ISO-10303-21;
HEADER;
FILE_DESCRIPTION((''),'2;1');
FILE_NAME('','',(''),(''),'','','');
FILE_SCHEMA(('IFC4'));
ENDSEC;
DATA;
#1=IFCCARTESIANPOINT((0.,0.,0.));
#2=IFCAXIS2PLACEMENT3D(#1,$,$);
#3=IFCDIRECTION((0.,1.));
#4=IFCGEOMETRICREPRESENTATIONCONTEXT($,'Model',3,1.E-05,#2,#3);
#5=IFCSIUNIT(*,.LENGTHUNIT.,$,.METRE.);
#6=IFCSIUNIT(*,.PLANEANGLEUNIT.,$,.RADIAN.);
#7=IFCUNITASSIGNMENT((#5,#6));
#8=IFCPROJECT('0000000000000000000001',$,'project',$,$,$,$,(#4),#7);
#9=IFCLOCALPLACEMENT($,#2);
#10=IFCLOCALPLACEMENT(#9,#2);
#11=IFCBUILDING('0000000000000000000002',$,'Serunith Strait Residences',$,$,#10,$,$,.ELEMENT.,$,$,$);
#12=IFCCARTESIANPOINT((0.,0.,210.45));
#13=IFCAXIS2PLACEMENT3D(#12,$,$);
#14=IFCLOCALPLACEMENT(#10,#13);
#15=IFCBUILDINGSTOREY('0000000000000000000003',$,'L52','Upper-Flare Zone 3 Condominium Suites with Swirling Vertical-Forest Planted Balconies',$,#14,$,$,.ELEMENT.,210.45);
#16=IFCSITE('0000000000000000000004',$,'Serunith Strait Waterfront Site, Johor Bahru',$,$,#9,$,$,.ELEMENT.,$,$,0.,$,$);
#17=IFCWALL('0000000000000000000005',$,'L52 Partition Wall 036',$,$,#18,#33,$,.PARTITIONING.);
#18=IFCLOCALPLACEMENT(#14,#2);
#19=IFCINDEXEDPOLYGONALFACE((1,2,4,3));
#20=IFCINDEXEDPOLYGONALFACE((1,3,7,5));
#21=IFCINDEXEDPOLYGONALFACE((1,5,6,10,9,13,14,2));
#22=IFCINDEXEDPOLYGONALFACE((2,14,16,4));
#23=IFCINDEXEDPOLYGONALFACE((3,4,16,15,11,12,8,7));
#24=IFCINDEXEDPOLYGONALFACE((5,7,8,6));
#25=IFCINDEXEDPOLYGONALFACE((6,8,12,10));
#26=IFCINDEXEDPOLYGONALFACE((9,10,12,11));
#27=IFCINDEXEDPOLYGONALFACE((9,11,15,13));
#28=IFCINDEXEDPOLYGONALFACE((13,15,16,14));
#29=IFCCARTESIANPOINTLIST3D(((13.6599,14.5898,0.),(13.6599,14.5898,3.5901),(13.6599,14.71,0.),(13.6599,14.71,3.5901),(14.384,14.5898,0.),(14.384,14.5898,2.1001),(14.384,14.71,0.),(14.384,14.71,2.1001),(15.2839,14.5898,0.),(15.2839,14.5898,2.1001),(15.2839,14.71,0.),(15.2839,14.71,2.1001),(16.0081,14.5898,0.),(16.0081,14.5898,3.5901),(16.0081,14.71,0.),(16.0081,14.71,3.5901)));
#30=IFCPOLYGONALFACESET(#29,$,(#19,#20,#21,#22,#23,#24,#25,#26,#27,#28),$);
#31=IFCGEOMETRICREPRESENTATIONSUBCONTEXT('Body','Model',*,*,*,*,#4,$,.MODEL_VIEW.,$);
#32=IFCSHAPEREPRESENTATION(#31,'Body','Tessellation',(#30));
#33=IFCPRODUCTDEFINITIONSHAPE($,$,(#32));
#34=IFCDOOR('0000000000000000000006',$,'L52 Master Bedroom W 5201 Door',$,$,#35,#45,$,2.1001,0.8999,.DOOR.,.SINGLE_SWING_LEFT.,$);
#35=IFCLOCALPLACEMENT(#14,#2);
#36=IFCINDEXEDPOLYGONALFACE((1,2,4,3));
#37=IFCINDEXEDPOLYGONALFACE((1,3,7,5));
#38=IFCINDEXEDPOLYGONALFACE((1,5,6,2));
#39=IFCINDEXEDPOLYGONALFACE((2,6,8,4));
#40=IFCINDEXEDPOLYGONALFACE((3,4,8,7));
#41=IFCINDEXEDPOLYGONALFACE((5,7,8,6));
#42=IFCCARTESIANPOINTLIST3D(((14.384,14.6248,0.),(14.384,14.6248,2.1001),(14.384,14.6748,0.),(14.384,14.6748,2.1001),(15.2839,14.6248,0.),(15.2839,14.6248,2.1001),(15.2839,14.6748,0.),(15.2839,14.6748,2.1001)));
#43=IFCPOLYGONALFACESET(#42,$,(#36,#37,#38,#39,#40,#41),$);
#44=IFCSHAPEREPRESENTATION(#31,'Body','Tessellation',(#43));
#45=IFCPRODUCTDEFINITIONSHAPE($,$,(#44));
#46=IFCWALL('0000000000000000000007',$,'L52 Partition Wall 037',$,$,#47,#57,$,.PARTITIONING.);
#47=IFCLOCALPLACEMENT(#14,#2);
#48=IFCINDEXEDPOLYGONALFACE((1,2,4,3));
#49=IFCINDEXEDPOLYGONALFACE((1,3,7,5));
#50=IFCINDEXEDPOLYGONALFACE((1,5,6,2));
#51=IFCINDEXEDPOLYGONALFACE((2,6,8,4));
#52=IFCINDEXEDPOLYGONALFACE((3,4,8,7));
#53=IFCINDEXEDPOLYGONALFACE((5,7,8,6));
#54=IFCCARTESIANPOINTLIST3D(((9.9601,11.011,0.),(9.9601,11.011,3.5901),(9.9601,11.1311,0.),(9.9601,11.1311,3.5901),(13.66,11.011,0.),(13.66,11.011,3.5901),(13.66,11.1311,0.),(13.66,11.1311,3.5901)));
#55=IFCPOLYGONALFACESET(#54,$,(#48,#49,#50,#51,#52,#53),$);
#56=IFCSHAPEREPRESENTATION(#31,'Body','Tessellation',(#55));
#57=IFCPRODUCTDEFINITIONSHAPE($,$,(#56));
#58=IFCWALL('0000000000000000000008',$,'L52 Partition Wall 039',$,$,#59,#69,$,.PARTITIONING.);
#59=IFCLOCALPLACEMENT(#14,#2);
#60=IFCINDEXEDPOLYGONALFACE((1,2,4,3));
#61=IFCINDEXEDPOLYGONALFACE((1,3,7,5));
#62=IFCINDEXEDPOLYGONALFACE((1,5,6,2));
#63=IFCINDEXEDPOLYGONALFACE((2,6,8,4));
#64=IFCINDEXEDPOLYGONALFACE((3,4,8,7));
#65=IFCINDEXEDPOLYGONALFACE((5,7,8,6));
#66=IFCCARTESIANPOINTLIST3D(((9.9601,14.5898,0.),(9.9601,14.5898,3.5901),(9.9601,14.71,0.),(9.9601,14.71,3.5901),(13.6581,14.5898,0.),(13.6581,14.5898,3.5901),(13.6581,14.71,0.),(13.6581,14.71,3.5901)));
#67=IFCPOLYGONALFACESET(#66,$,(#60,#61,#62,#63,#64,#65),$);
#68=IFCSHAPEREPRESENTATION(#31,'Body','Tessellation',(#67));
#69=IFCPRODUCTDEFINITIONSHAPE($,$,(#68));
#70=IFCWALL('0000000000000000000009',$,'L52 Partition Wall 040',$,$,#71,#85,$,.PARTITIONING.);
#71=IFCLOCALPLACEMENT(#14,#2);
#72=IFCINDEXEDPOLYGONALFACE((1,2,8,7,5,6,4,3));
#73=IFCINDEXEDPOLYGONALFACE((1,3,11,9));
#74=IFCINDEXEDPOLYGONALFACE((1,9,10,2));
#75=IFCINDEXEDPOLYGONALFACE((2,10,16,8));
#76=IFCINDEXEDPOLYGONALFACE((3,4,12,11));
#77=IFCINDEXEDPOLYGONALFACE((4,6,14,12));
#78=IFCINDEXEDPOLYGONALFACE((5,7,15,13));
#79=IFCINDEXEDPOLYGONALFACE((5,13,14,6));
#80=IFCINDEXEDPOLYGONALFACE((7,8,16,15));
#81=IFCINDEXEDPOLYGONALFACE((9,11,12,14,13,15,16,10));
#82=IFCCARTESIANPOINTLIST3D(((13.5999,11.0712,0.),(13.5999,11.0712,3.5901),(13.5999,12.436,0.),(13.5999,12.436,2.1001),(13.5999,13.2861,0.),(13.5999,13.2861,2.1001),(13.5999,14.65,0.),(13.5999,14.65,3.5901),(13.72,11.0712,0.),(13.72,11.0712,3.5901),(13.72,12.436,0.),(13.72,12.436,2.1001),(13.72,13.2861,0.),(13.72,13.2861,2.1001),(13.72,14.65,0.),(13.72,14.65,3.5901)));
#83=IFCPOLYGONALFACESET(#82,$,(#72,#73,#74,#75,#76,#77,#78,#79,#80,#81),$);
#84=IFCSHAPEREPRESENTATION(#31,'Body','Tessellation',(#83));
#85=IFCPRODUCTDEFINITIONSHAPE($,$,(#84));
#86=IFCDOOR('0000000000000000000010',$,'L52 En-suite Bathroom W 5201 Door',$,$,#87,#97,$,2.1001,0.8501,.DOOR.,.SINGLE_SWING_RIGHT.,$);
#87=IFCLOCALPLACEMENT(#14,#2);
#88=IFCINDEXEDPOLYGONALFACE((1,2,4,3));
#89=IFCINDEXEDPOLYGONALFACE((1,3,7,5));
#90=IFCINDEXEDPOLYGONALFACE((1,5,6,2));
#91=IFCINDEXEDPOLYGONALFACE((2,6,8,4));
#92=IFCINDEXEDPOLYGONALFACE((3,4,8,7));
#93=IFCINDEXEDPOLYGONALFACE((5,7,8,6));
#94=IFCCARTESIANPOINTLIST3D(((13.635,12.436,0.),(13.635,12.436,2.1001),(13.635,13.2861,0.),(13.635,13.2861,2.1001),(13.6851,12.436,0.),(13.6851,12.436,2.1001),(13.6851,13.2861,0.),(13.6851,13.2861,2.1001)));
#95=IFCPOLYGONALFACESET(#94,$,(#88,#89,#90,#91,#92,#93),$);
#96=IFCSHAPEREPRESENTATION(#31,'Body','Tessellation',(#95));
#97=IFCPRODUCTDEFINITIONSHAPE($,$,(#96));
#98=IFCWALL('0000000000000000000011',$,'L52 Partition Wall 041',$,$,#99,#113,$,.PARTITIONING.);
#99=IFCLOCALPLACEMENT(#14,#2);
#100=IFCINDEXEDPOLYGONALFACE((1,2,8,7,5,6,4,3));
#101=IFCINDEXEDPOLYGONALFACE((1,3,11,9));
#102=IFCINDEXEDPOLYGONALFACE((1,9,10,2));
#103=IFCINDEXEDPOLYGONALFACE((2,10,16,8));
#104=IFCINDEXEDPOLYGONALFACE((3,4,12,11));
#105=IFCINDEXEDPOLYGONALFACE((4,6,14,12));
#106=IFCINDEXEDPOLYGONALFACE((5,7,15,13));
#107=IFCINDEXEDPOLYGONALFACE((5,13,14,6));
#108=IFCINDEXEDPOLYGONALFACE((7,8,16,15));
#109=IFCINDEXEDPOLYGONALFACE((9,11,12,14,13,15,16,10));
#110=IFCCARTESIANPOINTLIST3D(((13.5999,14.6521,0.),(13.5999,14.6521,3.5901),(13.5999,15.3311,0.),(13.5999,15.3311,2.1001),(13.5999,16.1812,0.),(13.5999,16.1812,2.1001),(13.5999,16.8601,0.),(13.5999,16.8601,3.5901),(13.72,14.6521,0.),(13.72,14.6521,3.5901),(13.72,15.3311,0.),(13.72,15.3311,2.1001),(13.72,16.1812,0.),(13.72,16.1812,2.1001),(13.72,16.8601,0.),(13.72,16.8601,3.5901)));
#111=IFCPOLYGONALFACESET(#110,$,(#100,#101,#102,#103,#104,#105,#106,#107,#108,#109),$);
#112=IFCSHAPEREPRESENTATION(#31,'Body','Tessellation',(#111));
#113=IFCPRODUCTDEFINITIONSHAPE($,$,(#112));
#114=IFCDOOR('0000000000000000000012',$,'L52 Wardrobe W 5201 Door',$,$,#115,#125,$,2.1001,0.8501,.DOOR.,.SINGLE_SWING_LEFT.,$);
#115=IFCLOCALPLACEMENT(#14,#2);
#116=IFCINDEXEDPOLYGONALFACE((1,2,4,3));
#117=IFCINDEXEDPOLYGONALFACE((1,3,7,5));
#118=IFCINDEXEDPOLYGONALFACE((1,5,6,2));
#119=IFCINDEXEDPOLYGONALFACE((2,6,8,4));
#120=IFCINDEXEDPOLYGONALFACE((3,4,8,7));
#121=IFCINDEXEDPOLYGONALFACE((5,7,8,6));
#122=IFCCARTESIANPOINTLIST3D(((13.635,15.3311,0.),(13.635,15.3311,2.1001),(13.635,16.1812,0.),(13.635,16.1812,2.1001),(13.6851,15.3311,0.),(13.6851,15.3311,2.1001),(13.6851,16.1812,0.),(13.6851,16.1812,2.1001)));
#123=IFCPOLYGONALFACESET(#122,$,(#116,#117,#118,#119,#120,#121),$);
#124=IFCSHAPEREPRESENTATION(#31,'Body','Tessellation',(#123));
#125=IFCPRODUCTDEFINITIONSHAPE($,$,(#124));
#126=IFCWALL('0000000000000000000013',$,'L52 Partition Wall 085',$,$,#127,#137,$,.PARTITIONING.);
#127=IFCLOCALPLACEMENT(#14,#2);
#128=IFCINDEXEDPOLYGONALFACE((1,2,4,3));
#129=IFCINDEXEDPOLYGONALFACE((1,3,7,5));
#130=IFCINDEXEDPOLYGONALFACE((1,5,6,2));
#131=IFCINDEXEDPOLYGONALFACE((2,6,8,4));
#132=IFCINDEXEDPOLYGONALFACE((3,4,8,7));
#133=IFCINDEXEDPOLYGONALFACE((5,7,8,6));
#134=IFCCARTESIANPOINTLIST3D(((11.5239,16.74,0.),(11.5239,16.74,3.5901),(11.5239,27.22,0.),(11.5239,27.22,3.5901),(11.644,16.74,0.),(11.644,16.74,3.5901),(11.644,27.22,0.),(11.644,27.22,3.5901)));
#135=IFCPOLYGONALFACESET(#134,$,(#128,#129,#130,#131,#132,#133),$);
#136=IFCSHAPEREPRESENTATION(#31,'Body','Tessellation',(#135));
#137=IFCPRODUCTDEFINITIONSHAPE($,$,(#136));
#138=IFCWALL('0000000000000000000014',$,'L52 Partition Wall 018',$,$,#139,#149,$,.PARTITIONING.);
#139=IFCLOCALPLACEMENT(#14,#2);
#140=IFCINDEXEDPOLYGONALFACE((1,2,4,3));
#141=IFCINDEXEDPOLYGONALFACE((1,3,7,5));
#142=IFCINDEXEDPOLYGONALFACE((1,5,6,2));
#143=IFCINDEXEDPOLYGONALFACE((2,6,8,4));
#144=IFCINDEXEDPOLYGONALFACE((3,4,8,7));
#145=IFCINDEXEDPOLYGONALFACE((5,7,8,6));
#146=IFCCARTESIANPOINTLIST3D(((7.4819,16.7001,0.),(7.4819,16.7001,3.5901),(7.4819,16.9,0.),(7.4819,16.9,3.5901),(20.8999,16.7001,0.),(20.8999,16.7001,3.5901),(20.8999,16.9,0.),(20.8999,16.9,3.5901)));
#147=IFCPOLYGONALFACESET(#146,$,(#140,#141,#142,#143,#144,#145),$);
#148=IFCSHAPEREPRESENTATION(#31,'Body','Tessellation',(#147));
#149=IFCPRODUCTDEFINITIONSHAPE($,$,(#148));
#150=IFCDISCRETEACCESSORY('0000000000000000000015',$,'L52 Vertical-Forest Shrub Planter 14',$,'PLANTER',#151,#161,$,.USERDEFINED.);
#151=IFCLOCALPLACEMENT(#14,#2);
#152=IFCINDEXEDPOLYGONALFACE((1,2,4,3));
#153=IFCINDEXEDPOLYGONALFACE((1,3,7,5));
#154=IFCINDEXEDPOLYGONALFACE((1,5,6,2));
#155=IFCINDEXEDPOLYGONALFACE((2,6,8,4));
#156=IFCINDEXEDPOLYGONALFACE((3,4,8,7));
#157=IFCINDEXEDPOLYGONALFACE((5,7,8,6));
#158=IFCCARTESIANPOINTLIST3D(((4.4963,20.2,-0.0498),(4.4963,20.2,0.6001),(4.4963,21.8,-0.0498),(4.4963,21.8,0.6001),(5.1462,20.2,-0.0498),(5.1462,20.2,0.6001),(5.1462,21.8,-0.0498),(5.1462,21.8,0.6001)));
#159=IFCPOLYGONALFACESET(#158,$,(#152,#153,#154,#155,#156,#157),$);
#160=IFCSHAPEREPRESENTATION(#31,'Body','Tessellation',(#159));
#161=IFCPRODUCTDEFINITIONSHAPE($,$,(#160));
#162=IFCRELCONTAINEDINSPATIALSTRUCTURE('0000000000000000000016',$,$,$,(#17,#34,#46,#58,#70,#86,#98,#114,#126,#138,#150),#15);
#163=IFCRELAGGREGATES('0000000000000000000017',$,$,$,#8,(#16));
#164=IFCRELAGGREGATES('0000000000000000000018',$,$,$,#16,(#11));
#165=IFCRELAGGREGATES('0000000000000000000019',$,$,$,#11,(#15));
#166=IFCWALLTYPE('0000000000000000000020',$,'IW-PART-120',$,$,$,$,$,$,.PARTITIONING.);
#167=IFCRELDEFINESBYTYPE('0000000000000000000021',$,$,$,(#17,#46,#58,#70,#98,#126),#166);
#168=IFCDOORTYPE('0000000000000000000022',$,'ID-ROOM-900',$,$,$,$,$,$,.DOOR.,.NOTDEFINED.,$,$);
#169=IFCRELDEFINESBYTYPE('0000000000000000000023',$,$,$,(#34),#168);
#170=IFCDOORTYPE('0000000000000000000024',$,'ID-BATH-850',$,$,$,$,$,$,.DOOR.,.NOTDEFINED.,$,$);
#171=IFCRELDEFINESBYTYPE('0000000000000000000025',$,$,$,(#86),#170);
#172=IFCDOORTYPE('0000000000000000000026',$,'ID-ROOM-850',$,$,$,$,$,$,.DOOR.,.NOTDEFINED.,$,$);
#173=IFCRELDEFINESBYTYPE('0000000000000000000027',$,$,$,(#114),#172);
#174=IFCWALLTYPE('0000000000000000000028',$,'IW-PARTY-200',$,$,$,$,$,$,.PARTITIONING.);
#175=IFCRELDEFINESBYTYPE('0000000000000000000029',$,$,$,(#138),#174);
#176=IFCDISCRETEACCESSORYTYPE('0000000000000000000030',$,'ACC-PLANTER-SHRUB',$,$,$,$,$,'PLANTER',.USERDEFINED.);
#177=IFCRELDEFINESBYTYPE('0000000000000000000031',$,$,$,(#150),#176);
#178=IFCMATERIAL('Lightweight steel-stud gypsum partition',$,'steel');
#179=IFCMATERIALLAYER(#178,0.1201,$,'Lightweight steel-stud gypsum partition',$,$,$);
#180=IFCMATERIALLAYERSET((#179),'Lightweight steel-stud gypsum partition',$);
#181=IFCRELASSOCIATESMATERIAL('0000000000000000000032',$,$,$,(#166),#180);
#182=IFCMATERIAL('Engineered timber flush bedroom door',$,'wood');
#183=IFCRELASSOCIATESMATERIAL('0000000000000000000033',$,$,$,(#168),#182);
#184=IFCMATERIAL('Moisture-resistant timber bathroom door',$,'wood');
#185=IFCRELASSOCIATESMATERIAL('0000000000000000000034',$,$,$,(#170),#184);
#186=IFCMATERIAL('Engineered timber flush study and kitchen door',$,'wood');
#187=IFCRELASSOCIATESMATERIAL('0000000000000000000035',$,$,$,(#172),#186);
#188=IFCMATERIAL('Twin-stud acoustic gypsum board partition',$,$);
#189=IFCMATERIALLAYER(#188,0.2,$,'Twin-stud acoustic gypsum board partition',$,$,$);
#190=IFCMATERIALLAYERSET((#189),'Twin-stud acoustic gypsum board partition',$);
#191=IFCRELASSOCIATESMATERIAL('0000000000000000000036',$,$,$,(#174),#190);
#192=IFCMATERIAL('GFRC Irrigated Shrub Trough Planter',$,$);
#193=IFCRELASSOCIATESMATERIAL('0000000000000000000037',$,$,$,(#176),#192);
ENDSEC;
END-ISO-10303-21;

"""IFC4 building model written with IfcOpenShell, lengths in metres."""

from ifc_helpers import new_model, si_unit, direction, frame, frame_2d, origin, origin_2d, place, context, subcontext, project, spatial, rectangle, extrude, source, transform, mapped, material, layer, layer_set, type_object, element, fill, save


model = new_model("IFC4")

# Units and contexts
model_context = context("Model", 3, precision=1e-05, world=origin(), true_north=direction((0.0, 1.0)))
body_context = subcontext(model_context, "Body", "Model", "MODEL_VIEW")
ifc_project = project(units=[si_unit("LENGTHUNIT", "METRE"), si_unit("PLANEANGLEUNIT", "RADIAN")], contexts=[model_context])

# Site, building, storey
site_placement = place(None, origin())
site = spatial("IfcSite", under=ifc_project, at=site_placement, Name="Serunith Strait Waterfront Site, Johor Bahru", CompositionType="ELEMENT", RefElevation=0.0)
building_placement = place(site_placement, origin())
building = spatial("IfcBuilding", under=site, at=building_placement, Name="Serunith Strait Residences", CompositionType="ELEMENT")
storey_placement = place(building_placement, frame((0.0, 0.0, 210.45)))
storey = spatial("IfcBuildingStorey", under=building, at=storey_placement, Name="L52", Description="Upper-Flare Zone 3 Condominium Suites with Swirling Vertical-Forest Planted Balconies", CompositionType="ELEMENT", Elevation=210.45)

# Wall, opening, door
ifc_material_1 = material(Name="Lightweight steel-stud gypsum partition", Category="steel")
ifc_layer_1 = layer(ifc_material_1, 0.1201, Name="Lightweight steel-stud gypsum partition")
ifc_layer_set_1 = layer_set([ifc_layer_1], Name="Lightweight steel-stud gypsum partition")
wall_type_1 = type_object("IfcWallType", Name="IW-PART-120", PredefinedType="PARTITIONING", material=ifc_layer_set_1)
wall_1_placement = place(storey_placement, frame((13.6599, 14.6499, 0.0), z_axis=(0.0, 0.0, 1.0), x_axis=(1.0, 0.0, 0.0)))
wall_1 = element("IfcWall", 1, at=wall_1_placement, inside=storey, type_object=wall_type_1, Name="L52 Partition Wall 036", PredefinedType="PARTITIONING", context=body_context, shape_type="SweptSolid", body=[
    extrude(rectangle(XDim=2.3481, YDim=0.1201, at=frame_2d((1.1741, 0.0))), origin(), (0.0, 0.0, 1.0), 3.5901),
])
opening_1_placement = place(wall_1_placement, frame((0.7241, 0.0, 0.0)))
opening_1 = element("IfcOpeningElement", 2, at=opening_1_placement, cuts=wall_1, PredefinedType="OPENING", context=body_context, shape_type="SweptSolid", body=[
    extrude(rectangle(XDim=0.8999, YDim=2.1001, at=frame_2d((0.45, 1.05))), frame((0.0, 0.0701, 0.0), z_axis=(0.0, -1.0, 0.0), x_axis=(1.0, 0.0, 0.0)), (0.0, 0.0, 1.0), 0.1401),
])
ifc_material_2 = material(Name="Engineered timber flush bedroom door", Category="wood")
door_type_1 = type_object("IfcDoorType", Name="ID-ROOM-900", OperationType="NOTDEFINED", PredefinedType="DOOR", material=ifc_material_2)
shared_shape_1 = source(origin(), body_context, "Body", "SweptSolid", [
    extrude(rectangle(XDim=0.8999, YDim=2.1001, at=frame_2d((0.45, 1.05))), frame((0.0, 0.0249, 0.0), z_axis=(0.0, -1.0, 0.0), x_axis=(1.0, 0.0, 0.0)), (0.0, 0.0, 1.0), 0.05),
])
door_1_placement = place(opening_1_placement, origin())
door_1 = element("IfcDoor", 3, at=door_1_placement, inside=storey, type_object=door_type_1, Name="L52 Master Bedroom W 5201 Door", OperationType="SINGLE_SWING_LEFT", OverallHeight=2.1001, OverallWidth=0.8999, PredefinedType="DOOR", context=body_context, shape_type="MappedRepresentation", body=[
    mapped(shared_shape_1, transform((0.0, 0.0, 0.0), scale=1.0)),
])
fill(opening_1, door_1)

# Walls
wall_2_placement = place(storey_placement, frame((9.96, 11.071, 0.0), z_axis=(0.0, 0.0, 1.0), x_axis=(1.0, 0.0, 0.0)))
element("IfcWall", 4, at=wall_2_placement, inside=storey, type_object=wall_type_1, Name="L52 Partition Wall 037", PredefinedType="PARTITIONING", context=body_context, shape_type="SweptSolid", body=[
    extrude(rectangle(XDim=3.7, YDim=0.1201, at=frame_2d((1.8501, 0.0))), origin(), (0.0, 0.0, 1.0), 3.5901),
])
wall_3_placement = place(storey_placement, frame((9.96, 14.6499, 0.0), z_axis=(0.0, 0.0, 1.0), x_axis=(1.0, 0.0, 0.0)))
element("IfcWall", 5, at=wall_3_placement, inside=storey, type_object=wall_type_1, Name="L52 Partition Wall 039", PredefinedType="PARTITIONING", context=body_context, shape_type="SweptSolid", body=[
    extrude(rectangle(XDim=3.698, YDim=0.1201, at=frame_2d((1.8491, 0.0))), origin(), (0.0, 0.0, 1.0), 3.5901),
])

# Walls, openings, doors
wall_4_placement = place(storey_placement, frame((13.6599, 11.071, 0.0), z_axis=(0.0, 0.0, 1.0), x_axis=(0.0, 1.0, 0.0)))
wall_4 = element("IfcWall", 6, at=wall_4_placement, inside=storey, type_object=wall_type_1, Name="L52 Partition Wall 040", PredefinedType="PARTITIONING", context=body_context, shape_type="SweptSolid", body=[
    extrude(rectangle(XDim=3.5789, YDim=0.1201, at=frame_2d((1.7896, 0.0))), origin(), (0.0, 0.0, 1.0), 3.5901),
])
opening_2_placement = place(wall_4_placement, frame((1.365, 0.0, 0.0)))
opening_2 = element("IfcOpeningElement", 7, at=opening_2_placement, cuts=wall_4, PredefinedType="OPENING", context=body_context, shape_type="SweptSolid", body=[
    extrude(rectangle(XDim=0.8501, YDim=2.1001, at=frame_2d((0.425, 1.05))), frame((0.0, 0.0701, 0.0), z_axis=(0.0, -1.0, 0.0), x_axis=(1.0, 0.0, 0.0)), (0.0, 0.0, 1.0), 0.1401),
])
ifc_material_3 = material(Name="Moisture-resistant timber bathroom door", Category="wood")
door_type_2 = type_object("IfcDoorType", Name="ID-BATH-850", OperationType="NOTDEFINED", PredefinedType="DOOR", material=ifc_material_3)
shared_shape_2 = source(origin(), body_context, "Body", "SweptSolid", [
    extrude(rectangle(XDim=0.8501, YDim=2.1001, at=frame_2d((0.425, 1.05))), frame((0.0, 0.0249, 0.0), z_axis=(0.0, -1.0, 0.0), x_axis=(1.0, 0.0, 0.0)), (0.0, 0.0, 1.0), 0.05),
])
door_2_placement = place(opening_2_placement, origin())
door_2 = element("IfcDoor", 8, at=door_2_placement, inside=storey, type_object=door_type_2, Name="L52 En-suite Bathroom W 5201 Door", OperationType="SINGLE_SWING_RIGHT", OverallHeight=2.1001, OverallWidth=0.8501, PredefinedType="DOOR", context=body_context, shape_type="MappedRepresentation", body=[
    mapped(shared_shape_2, transform((0.0, 0.0, 0.0), scale=1.0)),
])
fill(opening_2, door_2)
wall_5_placement = place(storey_placement, frame((13.6599, 14.6521, 0.0), z_axis=(0.0, 0.0, 1.0), x_axis=(0.0, 1.0, 0.0)))
wall_5 = element("IfcWall", 9, at=wall_5_placement, inside=storey, type_object=wall_type_1, Name="L52 Partition Wall 041", PredefinedType="PARTITIONING", context=body_context, shape_type="SweptSolid", body=[
    extrude(rectangle(XDim=2.208, YDim=0.1201, at=frame_2d((1.104, 0.0))), origin(), (0.0, 0.0, 1.0), 3.5901),
])
opening_3_placement = place(wall_5_placement, frame((0.679, 0.0, 0.0)))
opening_3 = element("IfcOpeningElement", 10, at=opening_3_placement, cuts=wall_5, PredefinedType="OPENING", context=body_context, shape_type="SweptSolid", body=[
    extrude(rectangle(XDim=0.8501, YDim=2.1001, at=frame_2d((0.425, 1.05))), frame((0.0, 0.0701, 0.0), z_axis=(0.0, -1.0, 0.0), x_axis=(1.0, 0.0, 0.0)), (0.0, 0.0, 1.0), 0.1401),
])
ifc_material_4 = material(Name="Engineered timber flush study and kitchen door", Category="wood")
door_type_3 = type_object("IfcDoorType", Name="ID-ROOM-850", OperationType="NOTDEFINED", PredefinedType="DOOR", material=ifc_material_4)
door_3_placement = place(opening_3_placement, origin())
door_3 = element("IfcDoor", 11, at=door_3_placement, inside=storey, type_object=door_type_3, Name="L52 Wardrobe W 5201 Door", OperationType="SINGLE_SWING_LEFT", OverallHeight=2.1001, OverallWidth=0.8501, PredefinedType="DOOR", context=body_context, shape_type="MappedRepresentation", body=[
    mapped(shared_shape_2, transform((0.0, 0.0, 0.0), scale=1.0)),
])
fill(opening_3, door_3)

# Walls
wall_6_placement = place(storey_placement, frame((11.584, 16.74, 0.0), z_axis=(0.0, 0.0, 1.0), x_axis=(0.0, 1.0, 0.0)))
element("IfcWall", 12, at=wall_6_placement, inside=storey, type_object=wall_type_1, Name="L52 Partition Wall 085", PredefinedType="PARTITIONING", context=body_context, shape_type="SweptSolid", body=[
    extrude(rectangle(XDim=10.48, YDim=0.1201, at=frame_2d((5.24, 0.0))), origin(), (0.0, 0.0, 1.0), 3.5901),
])
ifc_material_5 = material(Name="Twin-stud acoustic gypsum board partition")
ifc_layer_2 = layer(ifc_material_5, 0.2, Name="Twin-stud acoustic gypsum board partition")
ifc_layer_set_2 = layer_set([ifc_layer_2], Name="Twin-stud acoustic gypsum board partition")
wall_type_2 = type_object("IfcWallType", Name="IW-PARTY-200", PredefinedType="PARTITIONING", material=ifc_layer_set_2)
wall_7_placement = place(storey_placement, frame((7.4819, 16.8, 0.0), z_axis=(0.0, 0.0, 1.0), x_axis=(1.0, 0.0, 0.0)))
element("IfcWall", 13, at=wall_7_placement, inside=storey, type_object=wall_type_2, Name="L52 Partition Wall 018", PredefinedType="PARTITIONING", context=body_context, shape_type="SweptSolid", body=[
    extrude(rectangle(XDim=13.418, YDim=0.2, at=frame_2d((6.709, 0.0))), origin(), (0.0, 0.0, 1.0), 3.5901),
])

# Discrete accessory
ifc_material_6 = material(Name="GFRC Irrigated Shrub Trough Planter")
discrete_accessory_type = type_object("IfcDiscreteAccessoryType", Name="ACC-PLANTER-SHRUB", ElementType="PLANTER", PredefinedType="USERDEFINED", material=ifc_material_6)
shared_shape_3 = source(origin(), body_context, "Body", "SweptSolid", [
    extrude(rectangle(XDim=1.6001, YDim=0.6499, at=origin_2d()), origin(), (0.0, 0.0, 1.0), 0.6499),
])
discrete_accessory_placement = place(storey_placement, frame((4.8213, 21.0, -0.0498), z_axis=(0.0, 0.0, 1.0), x_axis=(0.0, -1.0, 0.0)))
element("IfcDiscreteAccessory", 14, at=discrete_accessory_placement, inside=storey, type_object=discrete_accessory_type, Name="L52 Vertical-Forest Shrub Planter 14", ObjectType="PLANTER", PredefinedType="USERDEFINED", context=body_context, shape_type="MappedRepresentation", body=[
    mapped(shared_shape_3, transform((0.0, 0.0, 0.0), scale=1.0)),
])

save(model, "model.ifc")
